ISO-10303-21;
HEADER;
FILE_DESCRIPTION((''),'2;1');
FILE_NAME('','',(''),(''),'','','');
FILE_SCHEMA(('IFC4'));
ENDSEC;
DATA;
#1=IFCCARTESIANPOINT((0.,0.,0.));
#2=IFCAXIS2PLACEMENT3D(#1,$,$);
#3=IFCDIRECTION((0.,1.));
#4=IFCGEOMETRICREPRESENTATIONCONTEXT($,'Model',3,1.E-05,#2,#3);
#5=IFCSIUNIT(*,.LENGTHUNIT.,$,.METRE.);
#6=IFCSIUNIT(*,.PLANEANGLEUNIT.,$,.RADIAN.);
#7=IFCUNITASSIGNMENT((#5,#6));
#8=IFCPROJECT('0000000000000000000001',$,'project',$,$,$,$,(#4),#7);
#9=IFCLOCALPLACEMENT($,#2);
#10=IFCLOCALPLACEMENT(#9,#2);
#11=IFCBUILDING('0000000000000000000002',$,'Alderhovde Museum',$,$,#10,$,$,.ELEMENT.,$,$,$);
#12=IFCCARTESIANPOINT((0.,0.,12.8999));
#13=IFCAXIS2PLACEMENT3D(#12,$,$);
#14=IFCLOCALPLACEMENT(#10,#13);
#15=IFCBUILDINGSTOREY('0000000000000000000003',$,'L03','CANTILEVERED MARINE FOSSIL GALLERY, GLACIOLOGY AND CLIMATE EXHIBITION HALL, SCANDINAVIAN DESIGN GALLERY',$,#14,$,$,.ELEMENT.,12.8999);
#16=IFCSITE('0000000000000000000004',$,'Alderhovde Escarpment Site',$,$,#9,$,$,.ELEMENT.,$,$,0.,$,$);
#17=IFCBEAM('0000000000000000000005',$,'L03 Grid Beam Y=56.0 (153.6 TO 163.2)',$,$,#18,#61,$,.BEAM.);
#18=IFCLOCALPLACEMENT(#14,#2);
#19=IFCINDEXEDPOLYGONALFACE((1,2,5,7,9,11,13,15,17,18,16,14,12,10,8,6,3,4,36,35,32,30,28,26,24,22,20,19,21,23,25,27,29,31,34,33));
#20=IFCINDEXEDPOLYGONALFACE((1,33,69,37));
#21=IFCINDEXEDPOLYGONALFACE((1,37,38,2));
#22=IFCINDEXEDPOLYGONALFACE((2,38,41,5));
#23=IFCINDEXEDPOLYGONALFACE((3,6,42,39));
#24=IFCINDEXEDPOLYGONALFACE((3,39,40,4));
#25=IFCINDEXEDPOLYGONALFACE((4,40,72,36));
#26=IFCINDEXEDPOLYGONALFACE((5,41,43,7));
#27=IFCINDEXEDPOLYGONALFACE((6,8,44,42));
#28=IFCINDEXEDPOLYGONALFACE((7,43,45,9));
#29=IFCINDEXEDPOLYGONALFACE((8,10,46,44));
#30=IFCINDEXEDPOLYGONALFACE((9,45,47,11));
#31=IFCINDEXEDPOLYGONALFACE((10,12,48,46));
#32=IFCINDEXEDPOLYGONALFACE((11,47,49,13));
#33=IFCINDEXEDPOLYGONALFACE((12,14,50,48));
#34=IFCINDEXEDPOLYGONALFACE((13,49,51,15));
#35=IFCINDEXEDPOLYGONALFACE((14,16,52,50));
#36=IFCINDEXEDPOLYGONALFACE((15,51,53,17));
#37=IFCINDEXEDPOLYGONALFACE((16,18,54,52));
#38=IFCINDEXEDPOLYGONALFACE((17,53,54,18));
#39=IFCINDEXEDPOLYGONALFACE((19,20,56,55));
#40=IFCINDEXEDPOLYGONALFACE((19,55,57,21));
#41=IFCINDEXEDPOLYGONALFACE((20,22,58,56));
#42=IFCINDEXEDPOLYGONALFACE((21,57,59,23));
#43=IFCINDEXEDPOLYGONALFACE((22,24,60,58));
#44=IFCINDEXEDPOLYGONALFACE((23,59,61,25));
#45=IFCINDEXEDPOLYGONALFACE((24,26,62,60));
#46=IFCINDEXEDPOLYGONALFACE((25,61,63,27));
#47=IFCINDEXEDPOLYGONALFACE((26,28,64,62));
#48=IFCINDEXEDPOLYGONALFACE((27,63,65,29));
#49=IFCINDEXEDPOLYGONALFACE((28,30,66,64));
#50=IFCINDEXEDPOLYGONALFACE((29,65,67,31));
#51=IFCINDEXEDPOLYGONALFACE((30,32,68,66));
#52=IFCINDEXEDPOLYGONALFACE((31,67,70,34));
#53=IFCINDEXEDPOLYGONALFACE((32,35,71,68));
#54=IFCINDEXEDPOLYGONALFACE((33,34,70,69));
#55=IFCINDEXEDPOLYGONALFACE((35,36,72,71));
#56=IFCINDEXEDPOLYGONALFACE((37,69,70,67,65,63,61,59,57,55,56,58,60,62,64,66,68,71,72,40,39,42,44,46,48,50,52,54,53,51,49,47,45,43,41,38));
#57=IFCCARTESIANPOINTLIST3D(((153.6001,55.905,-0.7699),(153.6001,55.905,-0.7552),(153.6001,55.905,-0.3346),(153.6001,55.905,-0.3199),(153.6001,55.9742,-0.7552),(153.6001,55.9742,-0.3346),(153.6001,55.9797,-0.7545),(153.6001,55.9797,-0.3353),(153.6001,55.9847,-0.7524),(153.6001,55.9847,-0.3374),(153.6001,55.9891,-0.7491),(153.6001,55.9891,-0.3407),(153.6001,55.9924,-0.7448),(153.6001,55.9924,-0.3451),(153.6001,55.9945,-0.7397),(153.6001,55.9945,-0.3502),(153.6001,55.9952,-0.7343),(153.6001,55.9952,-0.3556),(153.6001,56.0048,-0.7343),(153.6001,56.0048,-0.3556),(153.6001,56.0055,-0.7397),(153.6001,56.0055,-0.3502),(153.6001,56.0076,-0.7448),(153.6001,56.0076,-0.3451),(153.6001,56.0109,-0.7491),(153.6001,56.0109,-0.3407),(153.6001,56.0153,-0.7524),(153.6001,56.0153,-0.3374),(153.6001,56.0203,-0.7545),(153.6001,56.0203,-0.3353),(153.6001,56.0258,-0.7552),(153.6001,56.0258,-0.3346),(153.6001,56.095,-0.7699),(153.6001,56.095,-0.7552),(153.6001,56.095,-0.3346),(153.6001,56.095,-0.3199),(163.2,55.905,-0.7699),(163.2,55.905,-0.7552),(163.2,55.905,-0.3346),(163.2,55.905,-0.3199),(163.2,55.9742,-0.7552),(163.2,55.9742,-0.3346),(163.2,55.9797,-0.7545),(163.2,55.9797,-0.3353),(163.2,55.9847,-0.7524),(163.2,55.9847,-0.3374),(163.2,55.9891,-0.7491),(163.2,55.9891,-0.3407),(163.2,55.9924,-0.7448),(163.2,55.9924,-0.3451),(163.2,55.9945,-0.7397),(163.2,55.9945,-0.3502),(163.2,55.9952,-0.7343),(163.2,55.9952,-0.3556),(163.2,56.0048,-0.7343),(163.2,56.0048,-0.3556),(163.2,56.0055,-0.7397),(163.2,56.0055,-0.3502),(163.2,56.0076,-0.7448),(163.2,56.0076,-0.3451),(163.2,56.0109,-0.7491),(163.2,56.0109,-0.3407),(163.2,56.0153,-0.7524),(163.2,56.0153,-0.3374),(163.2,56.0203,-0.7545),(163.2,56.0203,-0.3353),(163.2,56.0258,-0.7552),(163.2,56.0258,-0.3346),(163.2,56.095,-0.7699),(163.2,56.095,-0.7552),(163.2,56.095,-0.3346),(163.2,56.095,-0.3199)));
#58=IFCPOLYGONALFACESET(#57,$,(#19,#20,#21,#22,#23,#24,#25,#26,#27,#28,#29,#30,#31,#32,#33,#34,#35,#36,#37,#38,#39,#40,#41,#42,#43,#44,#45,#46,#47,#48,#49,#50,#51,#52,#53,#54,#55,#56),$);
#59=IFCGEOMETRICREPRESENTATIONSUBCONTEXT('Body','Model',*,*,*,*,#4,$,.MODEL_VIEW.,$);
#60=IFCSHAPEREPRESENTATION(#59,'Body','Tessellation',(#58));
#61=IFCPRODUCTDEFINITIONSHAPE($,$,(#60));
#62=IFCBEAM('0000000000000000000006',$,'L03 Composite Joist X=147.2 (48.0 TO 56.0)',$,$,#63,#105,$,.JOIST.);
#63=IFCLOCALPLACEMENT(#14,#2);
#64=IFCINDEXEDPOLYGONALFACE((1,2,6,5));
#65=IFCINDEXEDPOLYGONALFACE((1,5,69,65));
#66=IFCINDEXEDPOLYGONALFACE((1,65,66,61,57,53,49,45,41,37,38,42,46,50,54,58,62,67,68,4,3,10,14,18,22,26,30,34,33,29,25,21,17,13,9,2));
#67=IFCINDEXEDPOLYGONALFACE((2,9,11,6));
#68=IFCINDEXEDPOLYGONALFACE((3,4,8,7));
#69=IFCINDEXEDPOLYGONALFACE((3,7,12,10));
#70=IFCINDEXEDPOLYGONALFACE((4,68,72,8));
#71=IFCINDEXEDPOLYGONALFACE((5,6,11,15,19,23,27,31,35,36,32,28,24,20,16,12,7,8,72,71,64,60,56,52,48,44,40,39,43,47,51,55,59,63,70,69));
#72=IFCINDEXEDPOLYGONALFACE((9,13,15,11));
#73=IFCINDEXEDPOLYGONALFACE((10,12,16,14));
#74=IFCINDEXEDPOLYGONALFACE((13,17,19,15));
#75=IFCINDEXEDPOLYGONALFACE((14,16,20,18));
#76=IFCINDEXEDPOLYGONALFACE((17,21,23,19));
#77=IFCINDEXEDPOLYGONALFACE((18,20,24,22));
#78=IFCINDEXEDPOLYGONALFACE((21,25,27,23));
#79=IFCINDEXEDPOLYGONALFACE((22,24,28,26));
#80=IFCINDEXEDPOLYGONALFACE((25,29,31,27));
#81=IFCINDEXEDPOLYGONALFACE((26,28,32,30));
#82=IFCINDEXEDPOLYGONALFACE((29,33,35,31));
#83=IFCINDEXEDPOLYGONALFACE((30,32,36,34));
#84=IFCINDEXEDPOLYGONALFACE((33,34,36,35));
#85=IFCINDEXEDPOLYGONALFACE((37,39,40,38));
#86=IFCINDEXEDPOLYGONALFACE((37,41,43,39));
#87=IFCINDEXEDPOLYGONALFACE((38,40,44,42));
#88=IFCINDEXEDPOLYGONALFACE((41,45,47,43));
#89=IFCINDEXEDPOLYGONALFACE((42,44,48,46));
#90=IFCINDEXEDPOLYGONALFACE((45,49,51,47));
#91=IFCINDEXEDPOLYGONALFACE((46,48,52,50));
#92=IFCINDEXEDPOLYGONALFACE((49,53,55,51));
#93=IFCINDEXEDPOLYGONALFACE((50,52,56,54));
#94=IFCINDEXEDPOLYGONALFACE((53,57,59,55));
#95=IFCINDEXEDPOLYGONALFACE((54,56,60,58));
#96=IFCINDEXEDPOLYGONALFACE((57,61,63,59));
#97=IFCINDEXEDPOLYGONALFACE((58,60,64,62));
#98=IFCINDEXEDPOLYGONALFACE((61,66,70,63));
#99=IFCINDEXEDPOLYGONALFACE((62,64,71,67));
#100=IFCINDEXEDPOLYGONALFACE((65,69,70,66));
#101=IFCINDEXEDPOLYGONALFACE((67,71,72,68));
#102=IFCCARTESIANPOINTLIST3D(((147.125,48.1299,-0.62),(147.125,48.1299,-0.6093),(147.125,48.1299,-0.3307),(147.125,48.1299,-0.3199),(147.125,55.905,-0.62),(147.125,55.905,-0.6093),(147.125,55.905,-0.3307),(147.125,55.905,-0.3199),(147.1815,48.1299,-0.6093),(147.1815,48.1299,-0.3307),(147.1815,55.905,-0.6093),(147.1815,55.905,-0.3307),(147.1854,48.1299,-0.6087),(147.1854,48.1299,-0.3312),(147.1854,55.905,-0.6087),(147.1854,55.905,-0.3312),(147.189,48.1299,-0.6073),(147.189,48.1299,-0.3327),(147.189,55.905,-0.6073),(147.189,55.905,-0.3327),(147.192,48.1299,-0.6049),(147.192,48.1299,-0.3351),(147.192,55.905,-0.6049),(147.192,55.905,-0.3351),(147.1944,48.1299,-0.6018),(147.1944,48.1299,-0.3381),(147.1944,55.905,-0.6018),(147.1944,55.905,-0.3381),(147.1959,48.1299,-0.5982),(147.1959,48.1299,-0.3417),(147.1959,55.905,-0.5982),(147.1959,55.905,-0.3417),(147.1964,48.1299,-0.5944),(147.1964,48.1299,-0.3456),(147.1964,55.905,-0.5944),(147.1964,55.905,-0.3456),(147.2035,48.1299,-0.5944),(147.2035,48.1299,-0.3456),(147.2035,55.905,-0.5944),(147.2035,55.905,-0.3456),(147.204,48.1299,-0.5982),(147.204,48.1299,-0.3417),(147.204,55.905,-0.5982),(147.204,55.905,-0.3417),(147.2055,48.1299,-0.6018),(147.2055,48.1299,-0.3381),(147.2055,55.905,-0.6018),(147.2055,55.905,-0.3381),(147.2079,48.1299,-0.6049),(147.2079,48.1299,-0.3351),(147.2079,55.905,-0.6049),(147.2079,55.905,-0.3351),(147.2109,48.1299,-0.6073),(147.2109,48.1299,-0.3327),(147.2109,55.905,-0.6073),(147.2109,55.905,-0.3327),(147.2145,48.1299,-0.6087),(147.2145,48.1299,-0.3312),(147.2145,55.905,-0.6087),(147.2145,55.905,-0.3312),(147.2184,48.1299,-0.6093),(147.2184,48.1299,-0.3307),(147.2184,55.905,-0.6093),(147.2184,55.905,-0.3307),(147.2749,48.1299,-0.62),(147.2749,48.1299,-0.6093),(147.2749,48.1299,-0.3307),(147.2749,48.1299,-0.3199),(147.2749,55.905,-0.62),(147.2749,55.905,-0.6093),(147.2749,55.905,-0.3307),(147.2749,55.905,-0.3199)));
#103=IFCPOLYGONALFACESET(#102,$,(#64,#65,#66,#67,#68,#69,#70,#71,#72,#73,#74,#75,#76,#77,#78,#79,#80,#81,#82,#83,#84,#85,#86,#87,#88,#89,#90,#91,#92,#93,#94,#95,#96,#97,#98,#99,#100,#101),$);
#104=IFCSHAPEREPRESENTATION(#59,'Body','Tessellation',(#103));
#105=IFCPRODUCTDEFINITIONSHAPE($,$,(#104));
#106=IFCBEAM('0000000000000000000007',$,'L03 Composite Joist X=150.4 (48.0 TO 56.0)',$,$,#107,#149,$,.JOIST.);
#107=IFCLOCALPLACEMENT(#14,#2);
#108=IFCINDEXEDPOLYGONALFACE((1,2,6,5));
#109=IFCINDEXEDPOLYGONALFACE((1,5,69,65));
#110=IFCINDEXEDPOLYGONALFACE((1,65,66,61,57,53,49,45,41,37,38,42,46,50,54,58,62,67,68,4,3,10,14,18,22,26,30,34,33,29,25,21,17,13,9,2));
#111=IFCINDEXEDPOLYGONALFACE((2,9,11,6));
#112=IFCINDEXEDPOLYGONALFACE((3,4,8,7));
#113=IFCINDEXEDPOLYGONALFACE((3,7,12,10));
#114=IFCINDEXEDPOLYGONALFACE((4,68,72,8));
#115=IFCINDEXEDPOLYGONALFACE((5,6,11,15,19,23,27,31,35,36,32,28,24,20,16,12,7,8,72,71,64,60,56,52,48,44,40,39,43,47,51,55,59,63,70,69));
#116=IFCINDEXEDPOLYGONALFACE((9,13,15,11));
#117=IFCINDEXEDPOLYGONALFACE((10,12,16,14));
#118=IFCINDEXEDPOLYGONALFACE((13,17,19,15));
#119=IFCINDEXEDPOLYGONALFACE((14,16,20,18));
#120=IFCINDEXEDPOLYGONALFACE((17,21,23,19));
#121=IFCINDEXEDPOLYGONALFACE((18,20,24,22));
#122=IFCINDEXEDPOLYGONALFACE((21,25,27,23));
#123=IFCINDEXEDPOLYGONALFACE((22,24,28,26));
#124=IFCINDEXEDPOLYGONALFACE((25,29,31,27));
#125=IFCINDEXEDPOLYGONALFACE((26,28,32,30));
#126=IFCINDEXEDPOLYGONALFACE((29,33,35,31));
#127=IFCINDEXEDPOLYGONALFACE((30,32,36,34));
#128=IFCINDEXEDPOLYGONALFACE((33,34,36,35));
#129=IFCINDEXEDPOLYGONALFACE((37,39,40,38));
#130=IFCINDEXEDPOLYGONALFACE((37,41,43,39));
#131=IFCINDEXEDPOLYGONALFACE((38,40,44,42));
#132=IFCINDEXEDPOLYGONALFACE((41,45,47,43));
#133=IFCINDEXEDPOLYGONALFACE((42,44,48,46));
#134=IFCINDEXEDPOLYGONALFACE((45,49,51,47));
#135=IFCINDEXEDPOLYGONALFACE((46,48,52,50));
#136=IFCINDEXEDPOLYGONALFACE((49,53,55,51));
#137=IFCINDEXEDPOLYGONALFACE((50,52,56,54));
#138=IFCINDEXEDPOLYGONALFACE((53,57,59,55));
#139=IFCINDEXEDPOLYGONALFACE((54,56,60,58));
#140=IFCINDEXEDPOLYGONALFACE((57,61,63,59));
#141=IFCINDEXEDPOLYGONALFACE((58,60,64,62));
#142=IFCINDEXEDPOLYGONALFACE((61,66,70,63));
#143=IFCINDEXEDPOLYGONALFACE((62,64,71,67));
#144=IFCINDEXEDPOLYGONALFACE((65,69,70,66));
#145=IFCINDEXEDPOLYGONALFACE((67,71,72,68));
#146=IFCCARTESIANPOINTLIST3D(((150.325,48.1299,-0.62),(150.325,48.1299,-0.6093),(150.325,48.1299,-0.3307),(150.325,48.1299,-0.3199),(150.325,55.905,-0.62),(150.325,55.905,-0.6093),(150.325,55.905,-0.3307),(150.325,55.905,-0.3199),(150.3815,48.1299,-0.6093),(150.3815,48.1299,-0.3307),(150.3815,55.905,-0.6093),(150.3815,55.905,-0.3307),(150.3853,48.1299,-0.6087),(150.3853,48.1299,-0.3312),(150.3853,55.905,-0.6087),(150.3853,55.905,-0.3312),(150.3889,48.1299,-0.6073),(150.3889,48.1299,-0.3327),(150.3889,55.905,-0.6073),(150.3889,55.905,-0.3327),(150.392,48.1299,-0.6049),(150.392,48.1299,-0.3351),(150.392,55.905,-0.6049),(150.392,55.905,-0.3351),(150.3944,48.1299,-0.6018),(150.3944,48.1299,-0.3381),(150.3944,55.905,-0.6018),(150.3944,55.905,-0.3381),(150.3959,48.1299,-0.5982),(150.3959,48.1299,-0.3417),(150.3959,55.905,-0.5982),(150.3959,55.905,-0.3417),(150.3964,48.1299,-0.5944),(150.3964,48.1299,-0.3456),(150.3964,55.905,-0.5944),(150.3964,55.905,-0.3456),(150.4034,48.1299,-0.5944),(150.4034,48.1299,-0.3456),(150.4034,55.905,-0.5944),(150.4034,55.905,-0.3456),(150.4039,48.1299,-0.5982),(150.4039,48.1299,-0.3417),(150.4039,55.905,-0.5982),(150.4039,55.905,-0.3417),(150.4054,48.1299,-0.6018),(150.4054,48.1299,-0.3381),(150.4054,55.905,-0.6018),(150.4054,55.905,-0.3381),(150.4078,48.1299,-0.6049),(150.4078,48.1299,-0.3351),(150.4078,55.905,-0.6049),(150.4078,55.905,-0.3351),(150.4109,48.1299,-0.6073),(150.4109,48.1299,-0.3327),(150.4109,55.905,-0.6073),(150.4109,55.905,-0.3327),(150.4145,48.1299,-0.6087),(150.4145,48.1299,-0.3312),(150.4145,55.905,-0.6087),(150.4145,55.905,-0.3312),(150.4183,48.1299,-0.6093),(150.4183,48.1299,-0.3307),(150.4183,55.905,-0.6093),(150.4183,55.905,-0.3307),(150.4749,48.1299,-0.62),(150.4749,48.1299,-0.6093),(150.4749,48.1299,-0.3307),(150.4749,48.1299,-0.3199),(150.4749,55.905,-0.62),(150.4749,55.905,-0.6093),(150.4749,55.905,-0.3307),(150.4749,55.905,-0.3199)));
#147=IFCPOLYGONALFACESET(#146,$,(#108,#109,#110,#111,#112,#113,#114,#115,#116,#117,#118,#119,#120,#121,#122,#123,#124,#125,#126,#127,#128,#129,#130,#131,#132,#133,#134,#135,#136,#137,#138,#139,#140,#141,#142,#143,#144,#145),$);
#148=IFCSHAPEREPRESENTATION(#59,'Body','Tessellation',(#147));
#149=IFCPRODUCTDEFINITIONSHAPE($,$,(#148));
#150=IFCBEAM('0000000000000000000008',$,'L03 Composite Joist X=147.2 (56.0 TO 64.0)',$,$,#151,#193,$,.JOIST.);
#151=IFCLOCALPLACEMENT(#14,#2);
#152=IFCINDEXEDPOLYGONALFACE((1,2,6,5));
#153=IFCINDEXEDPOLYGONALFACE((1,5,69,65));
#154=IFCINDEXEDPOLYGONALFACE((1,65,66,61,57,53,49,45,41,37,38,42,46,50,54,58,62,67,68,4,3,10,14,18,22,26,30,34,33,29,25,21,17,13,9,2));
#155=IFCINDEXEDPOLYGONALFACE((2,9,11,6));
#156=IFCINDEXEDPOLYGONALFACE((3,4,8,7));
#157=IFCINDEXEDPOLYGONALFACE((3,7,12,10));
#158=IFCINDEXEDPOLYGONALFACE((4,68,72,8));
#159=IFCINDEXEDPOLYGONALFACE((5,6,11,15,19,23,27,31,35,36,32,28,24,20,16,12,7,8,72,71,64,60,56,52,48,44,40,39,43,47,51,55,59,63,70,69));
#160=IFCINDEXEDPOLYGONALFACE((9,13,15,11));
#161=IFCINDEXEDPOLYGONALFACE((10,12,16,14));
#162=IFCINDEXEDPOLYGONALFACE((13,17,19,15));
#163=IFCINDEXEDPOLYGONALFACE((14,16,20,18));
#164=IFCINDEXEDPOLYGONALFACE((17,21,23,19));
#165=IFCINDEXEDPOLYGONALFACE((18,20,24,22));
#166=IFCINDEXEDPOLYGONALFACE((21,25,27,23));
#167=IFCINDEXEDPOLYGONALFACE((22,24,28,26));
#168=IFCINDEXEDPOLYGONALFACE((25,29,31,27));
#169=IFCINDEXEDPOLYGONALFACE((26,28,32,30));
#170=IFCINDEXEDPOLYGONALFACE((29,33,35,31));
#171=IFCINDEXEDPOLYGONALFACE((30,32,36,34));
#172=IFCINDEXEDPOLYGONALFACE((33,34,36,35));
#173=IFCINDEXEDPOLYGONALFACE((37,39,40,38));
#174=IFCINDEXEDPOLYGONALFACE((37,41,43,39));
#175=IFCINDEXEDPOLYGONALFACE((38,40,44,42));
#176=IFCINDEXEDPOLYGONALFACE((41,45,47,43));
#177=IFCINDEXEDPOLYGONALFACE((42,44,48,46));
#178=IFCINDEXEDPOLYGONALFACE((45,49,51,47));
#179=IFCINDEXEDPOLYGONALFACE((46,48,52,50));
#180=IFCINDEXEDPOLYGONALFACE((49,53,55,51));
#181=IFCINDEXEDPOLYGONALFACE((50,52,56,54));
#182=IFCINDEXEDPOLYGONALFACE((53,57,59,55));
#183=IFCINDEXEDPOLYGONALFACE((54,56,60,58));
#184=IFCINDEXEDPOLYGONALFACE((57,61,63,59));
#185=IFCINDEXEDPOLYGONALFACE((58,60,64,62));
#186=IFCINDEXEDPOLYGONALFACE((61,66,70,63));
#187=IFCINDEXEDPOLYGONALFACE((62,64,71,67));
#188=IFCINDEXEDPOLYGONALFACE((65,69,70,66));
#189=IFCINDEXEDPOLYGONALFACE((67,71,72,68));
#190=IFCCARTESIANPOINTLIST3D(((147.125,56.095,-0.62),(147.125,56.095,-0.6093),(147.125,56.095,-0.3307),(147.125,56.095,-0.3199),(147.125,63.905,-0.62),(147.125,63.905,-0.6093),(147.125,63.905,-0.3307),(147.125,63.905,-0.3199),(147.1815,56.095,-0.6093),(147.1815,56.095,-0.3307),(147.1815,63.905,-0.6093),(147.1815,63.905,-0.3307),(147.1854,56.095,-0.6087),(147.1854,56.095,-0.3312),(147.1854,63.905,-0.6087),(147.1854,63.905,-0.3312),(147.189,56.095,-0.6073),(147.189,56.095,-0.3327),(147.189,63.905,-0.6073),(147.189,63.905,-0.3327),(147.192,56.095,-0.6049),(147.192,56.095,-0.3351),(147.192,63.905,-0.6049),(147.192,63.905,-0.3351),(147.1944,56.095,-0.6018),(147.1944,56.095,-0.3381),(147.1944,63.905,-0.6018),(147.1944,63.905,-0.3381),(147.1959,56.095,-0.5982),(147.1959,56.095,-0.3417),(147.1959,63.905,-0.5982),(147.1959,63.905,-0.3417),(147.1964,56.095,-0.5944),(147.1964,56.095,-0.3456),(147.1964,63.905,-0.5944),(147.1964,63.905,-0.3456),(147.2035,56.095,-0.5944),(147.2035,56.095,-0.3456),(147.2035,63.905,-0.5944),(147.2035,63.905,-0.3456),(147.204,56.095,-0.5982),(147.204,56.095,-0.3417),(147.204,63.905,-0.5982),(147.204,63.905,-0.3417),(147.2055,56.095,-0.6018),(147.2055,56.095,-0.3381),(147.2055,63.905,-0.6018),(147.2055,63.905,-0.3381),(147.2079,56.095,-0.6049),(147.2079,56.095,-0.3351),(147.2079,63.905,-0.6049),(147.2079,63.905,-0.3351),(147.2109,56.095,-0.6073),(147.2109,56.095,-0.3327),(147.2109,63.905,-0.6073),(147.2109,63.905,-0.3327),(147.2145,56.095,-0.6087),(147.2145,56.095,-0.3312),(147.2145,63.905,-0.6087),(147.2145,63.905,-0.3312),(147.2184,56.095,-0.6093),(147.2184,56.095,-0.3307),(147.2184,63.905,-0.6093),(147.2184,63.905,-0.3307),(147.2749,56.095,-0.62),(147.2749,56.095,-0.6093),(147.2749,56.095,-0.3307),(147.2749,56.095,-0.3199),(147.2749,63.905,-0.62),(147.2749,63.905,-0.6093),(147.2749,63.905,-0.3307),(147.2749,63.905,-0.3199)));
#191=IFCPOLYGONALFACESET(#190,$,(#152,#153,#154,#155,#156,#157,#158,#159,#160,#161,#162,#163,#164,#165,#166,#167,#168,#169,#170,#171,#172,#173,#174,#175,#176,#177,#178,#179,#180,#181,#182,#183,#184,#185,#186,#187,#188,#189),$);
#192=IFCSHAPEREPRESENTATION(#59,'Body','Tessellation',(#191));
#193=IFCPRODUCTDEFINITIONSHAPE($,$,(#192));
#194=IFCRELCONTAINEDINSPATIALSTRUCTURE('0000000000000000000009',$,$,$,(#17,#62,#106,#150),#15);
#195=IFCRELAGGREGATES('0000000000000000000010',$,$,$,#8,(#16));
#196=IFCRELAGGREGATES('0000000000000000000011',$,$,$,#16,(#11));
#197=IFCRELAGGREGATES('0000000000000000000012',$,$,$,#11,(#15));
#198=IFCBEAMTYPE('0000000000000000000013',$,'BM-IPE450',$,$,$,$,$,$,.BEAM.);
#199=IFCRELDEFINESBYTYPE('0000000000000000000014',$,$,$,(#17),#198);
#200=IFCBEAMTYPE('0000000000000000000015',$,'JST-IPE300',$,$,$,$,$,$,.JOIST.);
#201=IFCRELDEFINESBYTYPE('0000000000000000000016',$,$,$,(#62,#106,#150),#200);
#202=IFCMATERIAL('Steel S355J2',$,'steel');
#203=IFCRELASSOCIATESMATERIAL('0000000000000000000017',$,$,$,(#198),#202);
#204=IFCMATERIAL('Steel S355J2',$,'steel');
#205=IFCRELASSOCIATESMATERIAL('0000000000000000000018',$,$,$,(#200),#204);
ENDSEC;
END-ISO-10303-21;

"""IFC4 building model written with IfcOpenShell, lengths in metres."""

from ifc_helpers import new_model, si_unit, direction, frame, origin, origin_2d, place, context, subcontext, project, spatial, i_section, extrude, material, material_profile, profile_set, type_object, element, save


model = new_model("IFC4")

# Units and contexts
model_context = context("Model", 3, precision=1e-05, world=origin(), true_north=direction((0.0, 1.0)))
body_context = subcontext(model_context, "Body", "Model", "MODEL_VIEW")
ifc_project = project(units=[si_unit("LENGTHUNIT", "METRE"), si_unit("PLANEANGLEUNIT", "RADIAN")], contexts=[model_context])

# Site, building, storey
site_placement = place(None, origin())
site = spatial("IfcSite", under=ifc_project, at=site_placement, Name="Alderhovde Escarpment Site", CompositionType="ELEMENT", RefElevation=0.0)
building_placement = place(site_placement, origin())
building = spatial("IfcBuilding", under=site, at=building_placement, Name="Alderhovde Museum", CompositionType="ELEMENT")
storey_placement = place(building_placement, frame((0.0, 0.0, 12.8999)))
storey = spatial("IfcBuildingStorey", under=building, at=storey_placement, Name="L03", Description="CANTILEVERED MARINE FOSSIL GALLERY, GLACIOLOGY AND CLIMATE EXHIBITION HALL, SCANDINAVIAN DESIGN GALLERY", CompositionType="ELEMENT", Elevation=12.8999)

# Beams
ifc_material_1 = material(Name="Steel S355J2", Category="steel")
ifc_material_profile_1 = material_profile(ifc_material_1, i_section(OverallWidth=0.1899, OverallDepth=0.45, WebThickness=0.0095, FlangeThickness=0.0146, FilletRadius=0.021, at=origin_2d()), Name="IPE 450")
ifc_profile_set_1 = profile_set([ifc_material_profile_1], Name="Steel S355J2")
beam_type_1 = type_object("IfcBeamType", Name="BM-IPE450", PredefinedType="BEAM", material=ifc_profile_set_1)
beam_1_placement = place(storey_placement, frame((153.6001, 56.0, -0.5449), z_axis=(1.0, 0.0, 0.0), x_axis=(0.0, 1.0, 0.0)))
element("IfcBeam", 1, at=beam_1_placement, inside=storey, type_object=beam_type_1, Name="L03 Grid Beam Y=56.0 (153.6 TO 163.2)", PredefinedType="BEAM", context=body_context, shape_type="SweptSolid", body=[
    extrude(i_section(OverallWidth=0.1899, OverallDepth=0.45, WebThickness=0.0095, FlangeThickness=0.0146, FilletRadius=0.021, at=origin_2d()), origin(), (0.0, 0.0, 1.0), 9.5999),
])
ifc_material_2 = material(Name="Steel S355J2", Category="steel")
ifc_material_profile_2 = material_profile(ifc_material_2, i_section(OverallWidth=0.1499, OverallDepth=0.3, WebThickness=0.0071, FlangeThickness=0.0107, FilletRadius=0.0149, at=origin_2d()), Name="IPE 300")
ifc_profile_set_2 = profile_set([ifc_material_profile_2], Name="Steel S355J2")
beam_type_2 = type_object("IfcBeamType", Name="JST-IPE300", PredefinedType="JOIST", material=ifc_profile_set_2)
for number, where, z_axis, x_axis, name in (
    (2, (147.2, 48.1299, -0.47), (0.0, 1.0, 0.0), (-1.0, 0.0, 0.0), "L03 Composite Joist X=147.2 (48.0 TO 56.0)"),
    (3, (150.3999, 48.1299, -0.47), (0.0, 1.0, 0.0), (-1.0, 0.0, 0.0), "L03 Composite Joist X=150.4 (48.0 TO 56.0)"),
):
    element("IfcBeam", number, at=place(storey_placement, frame(where, z_axis=z_axis, x_axis=x_axis)), inside=storey, type_object=beam_type_2, Name=name, PredefinedType="JOIST", context=body_context, shape_type="SweptSolid", body=[
        extrude(i_section(OverallWidth=0.1499, OverallDepth=0.3, WebThickness=0.0071, FlangeThickness=0.0107, FilletRadius=0.0149, at=origin_2d()), origin(), (0.0, 0.0, 1.0), 7.7751),
    ])
for number, where, z_axis, x_axis, name in (
    (4, (147.2, 56.095, -0.47), (0.0, 1.0, 0.0), (-1.0, 0.0, 0.0), "L03 Composite Joist X=147.2 (56.0 TO 64.0)"),
):
    element("IfcBeam", number, at=place(storey_placement, frame(where, z_axis=z_axis, x_axis=x_axis)), inside=storey, type_object=beam_type_2, Name=name, PredefinedType="JOIST", context=body_context, shape_type="SweptSolid", body=[
        extrude(i_section(OverallWidth=0.1499, OverallDepth=0.3, WebThickness=0.0071, FlangeThickness=0.0107, FilletRadius=0.0149, at=origin_2d()), origin(), (0.0, 0.0, 1.0), 7.8101),
    ])

save(model, "model.ifc")
